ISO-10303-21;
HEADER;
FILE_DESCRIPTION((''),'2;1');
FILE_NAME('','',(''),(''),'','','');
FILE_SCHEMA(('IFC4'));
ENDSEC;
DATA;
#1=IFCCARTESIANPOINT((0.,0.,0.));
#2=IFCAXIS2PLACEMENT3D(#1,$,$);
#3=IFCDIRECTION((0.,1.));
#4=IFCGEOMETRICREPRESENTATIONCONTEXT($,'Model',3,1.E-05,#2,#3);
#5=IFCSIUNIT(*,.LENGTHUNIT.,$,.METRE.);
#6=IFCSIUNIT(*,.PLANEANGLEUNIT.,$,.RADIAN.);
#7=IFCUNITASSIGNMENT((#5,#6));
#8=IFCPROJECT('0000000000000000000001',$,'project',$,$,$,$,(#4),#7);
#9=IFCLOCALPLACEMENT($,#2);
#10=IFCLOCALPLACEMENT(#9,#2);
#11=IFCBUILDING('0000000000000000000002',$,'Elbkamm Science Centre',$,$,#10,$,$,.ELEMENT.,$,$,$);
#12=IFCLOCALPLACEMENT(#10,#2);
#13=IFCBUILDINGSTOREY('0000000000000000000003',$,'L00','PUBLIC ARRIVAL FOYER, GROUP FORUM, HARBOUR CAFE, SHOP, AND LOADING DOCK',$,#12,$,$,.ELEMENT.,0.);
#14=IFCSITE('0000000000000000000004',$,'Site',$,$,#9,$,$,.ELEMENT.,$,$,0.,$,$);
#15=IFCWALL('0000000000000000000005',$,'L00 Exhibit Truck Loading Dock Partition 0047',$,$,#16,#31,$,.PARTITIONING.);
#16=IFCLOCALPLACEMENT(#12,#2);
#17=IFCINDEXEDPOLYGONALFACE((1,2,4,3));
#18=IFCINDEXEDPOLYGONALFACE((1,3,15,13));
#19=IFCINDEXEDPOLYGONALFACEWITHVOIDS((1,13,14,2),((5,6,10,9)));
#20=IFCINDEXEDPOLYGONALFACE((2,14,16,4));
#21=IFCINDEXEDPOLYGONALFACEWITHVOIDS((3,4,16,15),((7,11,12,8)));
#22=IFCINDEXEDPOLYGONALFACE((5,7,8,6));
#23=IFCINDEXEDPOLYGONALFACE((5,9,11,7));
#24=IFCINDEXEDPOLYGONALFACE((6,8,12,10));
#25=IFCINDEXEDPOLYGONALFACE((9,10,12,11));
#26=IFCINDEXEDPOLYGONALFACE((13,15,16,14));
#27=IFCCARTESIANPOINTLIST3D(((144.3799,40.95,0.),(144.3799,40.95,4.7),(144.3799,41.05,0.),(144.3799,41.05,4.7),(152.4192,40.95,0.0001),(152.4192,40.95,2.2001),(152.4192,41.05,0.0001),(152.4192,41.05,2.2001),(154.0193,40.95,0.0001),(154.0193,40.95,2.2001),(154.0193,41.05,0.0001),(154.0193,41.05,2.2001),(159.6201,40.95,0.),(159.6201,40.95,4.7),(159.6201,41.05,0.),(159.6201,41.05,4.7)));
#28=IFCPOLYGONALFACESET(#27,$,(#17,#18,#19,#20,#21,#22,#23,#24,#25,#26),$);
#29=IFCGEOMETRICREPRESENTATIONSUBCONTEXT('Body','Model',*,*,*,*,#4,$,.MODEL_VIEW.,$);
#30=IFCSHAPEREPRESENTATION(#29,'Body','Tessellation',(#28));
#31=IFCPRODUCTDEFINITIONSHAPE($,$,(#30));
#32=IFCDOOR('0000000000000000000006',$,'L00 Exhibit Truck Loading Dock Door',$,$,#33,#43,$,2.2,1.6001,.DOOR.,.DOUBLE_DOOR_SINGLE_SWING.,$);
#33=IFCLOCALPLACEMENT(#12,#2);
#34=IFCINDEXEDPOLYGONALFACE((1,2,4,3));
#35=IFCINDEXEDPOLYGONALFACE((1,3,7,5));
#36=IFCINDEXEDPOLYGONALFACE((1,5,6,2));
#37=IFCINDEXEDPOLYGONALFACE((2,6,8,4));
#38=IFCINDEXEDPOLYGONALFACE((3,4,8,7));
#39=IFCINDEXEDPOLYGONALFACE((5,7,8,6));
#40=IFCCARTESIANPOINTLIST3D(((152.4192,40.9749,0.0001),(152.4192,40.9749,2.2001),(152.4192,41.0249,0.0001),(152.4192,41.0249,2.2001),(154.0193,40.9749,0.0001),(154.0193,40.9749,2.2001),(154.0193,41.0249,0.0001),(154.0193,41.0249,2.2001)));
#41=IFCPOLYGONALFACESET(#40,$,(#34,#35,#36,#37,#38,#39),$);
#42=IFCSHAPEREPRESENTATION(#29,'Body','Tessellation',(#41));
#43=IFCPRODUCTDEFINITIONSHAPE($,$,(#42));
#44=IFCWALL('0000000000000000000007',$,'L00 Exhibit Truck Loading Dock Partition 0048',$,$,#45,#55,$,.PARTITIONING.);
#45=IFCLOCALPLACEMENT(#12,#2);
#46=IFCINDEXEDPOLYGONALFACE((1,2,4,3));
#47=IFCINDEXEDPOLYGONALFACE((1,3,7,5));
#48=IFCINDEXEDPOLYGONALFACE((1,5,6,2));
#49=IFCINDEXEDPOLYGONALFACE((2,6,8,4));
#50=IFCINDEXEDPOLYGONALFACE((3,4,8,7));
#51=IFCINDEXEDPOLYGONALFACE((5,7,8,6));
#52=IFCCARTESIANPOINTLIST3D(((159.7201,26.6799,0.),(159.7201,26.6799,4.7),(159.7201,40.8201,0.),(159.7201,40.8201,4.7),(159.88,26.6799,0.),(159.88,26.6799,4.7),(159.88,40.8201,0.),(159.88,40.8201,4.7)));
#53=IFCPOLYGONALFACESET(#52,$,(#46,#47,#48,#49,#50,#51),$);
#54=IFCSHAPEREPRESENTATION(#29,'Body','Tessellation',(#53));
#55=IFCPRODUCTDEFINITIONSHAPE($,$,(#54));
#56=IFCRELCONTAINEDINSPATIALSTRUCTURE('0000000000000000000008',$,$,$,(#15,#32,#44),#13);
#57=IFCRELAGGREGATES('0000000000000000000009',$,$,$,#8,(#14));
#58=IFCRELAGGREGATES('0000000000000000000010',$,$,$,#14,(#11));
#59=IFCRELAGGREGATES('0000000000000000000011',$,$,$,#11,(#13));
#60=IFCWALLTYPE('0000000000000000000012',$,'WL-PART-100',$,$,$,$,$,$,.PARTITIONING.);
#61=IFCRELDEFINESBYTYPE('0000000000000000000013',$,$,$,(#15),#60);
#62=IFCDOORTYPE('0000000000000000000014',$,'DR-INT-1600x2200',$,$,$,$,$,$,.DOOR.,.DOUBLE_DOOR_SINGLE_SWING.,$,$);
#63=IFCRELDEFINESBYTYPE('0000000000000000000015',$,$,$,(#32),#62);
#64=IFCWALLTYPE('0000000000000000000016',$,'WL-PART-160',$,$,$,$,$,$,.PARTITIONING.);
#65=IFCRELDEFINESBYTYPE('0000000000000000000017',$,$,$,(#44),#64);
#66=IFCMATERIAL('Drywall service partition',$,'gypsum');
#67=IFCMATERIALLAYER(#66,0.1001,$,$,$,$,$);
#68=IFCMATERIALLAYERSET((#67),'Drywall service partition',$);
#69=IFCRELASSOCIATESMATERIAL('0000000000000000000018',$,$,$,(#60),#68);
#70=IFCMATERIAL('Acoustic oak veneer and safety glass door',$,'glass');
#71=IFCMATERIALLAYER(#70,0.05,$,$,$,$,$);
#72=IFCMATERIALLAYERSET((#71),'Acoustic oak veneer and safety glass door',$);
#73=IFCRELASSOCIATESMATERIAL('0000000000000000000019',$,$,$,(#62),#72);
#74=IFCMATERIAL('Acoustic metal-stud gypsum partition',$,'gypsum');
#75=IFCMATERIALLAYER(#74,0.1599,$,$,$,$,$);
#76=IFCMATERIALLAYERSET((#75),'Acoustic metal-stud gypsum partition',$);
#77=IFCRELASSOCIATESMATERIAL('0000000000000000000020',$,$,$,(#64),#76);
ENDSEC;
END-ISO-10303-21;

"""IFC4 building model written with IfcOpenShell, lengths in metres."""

from ifc_helpers import new_model, si_unit, direction, frame, frame_2d, origin, place, context, subcontext, project, spatial, rectangle, extrude, material, layer, layer_set, type_object, element, fill, save


model = new_model("IFC4")

# Units and contexts
model_context = context("Model", 3, precision=1e-05, world=origin(), true_north=direction((0.0, 1.0)))
body_context = subcontext(model_context, "Body", "Model", "MODEL_VIEW")
ifc_project = project(units=[si_unit("LENGTHUNIT", "METRE"), si_unit("PLANEANGLEUNIT", "RADIAN")], contexts=[model_context])

# Site, building, storey
site_placement = place(None, origin())
site = spatial("IfcSite", under=ifc_project, at=site_placement, Name="Site", CompositionType="ELEMENT", RefElevation=0.0)
building_placement = place(site_placement, origin())
building = spatial("IfcBuilding", under=site, at=building_placement, Name="Elbkamm Science Centre", CompositionType="ELEMENT")
storey_placement = place(building_placement, origin())
storey = spatial("IfcBuildingStorey", under=building, at=storey_placement, Name="L00", Description="PUBLIC ARRIVAL FOYER, GROUP FORUM, HARBOUR CAFE, SHOP, AND LOADING DOCK", CompositionType="ELEMENT", Elevation=0.0)

# Wall, opening, door
ifc_material_1 = material(Name="Drywall service partition", Category="gypsum")
ifc_layer_1 = layer(ifc_material_1, 0.1001)
ifc_layer_set_1 = layer_set([ifc_layer_1], Name="Drywall service partition")
wall_type_1 = type_object("IfcWallType", Name="WL-PART-100", PredefinedType="PARTITIONING", material=ifc_layer_set_1)
wall_1_placement = place(storey_placement, frame((144.3799, 41.0, 0.0), z_axis=(0.0, 0.0, 1.0), x_axis=(1.0, 0.0, 0.0)))
wall_1 = element("IfcWall", 1, at=wall_1_placement, inside=storey, type_object=wall_type_1, Name="L00 Exhibit Truck Loading Dock Partition 0047", PredefinedType="PARTITIONING", context=body_context, shape_type="SweptSolid", body=[
    extrude(rectangle(XDim=15.2402, YDim=0.1001, at=frame_2d((7.6201, 0.0))), origin(), (0.0, 0.0, 1.0), 4.7),
])
opening_placement = place(wall_1_placement, frame((8.0393, 0.0, 0.0)))
opening = element("IfcOpeningElement", 2, at=opening_placement, cuts=wall_1, PredefinedType="OPENING", context=body_context, shape_type="SweptSolid", body=[
    extrude(rectangle(XDim=1.6001, YDim=2.2, at=frame_2d((0.8, 1.1001))), frame((0.0, 0.062, 0.0), z_axis=(0.0, -1.0, 0.0), x_axis=(1.0, 0.0, 0.0)), (0.0, 0.0, 1.0), 0.124),
])
ifc_material_2 = material(Name="Acoustic oak veneer and safety glass door", Category="glass")
ifc_layer_2 = layer(ifc_material_2, 0.05)
ifc_layer_set_2 = layer_set([ifc_layer_2], Name="Acoustic oak veneer and safety glass door")
door_type = type_object("IfcDoorType", Name="DR-INT-1600x2200", OperationType="DOUBLE_DOOR_SINGLE_SWING", PredefinedType="DOOR", material=ifc_layer_set_2)
door_placement = place(opening_placement, origin())
door = element("IfcDoor", 3, at=door_placement, inside=storey, type_object=door_type, Name="L00 Exhibit Truck Loading Dock Door", OperationType="DOUBLE_DOOR_SINGLE_SWING", OverallHeight=2.2, OverallWidth=1.6001, PredefinedType="DOOR", context=body_context, shape_type="SweptSolid", body=[
    extrude(rectangle(XDim=1.6001, YDim=2.2, at=frame_2d((0.8, 1.1001))), frame((0.0, 0.0249, 0.0), z_axis=(0.0, -1.0, 0.0), x_axis=(1.0, 0.0, 0.0)), (0.0, 0.0, 1.0), 0.05),
])
fill(opening, door)

# Wall
ifc_material_3 = material(Name="Acoustic metal-stud gypsum partition", Category="gypsum")
ifc_layer_3 = layer(ifc_material_3, 0.1599)
ifc_layer_set_3 = layer_set([ifc_layer_3], Name="Acoustic metal-stud gypsum partition")
wall_type_2 = type_object("IfcWallType", Name="WL-PART-160", PredefinedType="PARTITIONING", material=ifc_layer_set_3)
wall_2_placement = place(storey_placement, frame((159.8, 40.8201, 0.0), z_axis=(0.0, 0.0, 1.0), x_axis=(0.0, -1.0, 0.0)))
element("IfcWall", 4, at=wall_2_placement, inside=storey, type_object=wall_type_2, Name="L00 Exhibit Truck Loading Dock Partition 0048", PredefinedType="PARTITIONING", context=body_context, shape_type="SweptSolid", body=[
    extrude(rectangle(XDim=14.1401, YDim=0.1599, at=frame_2d((7.0701, 0.0))), origin(), (0.0, 0.0, 1.0), 4.7),
])

save(model, "model.ifc")
